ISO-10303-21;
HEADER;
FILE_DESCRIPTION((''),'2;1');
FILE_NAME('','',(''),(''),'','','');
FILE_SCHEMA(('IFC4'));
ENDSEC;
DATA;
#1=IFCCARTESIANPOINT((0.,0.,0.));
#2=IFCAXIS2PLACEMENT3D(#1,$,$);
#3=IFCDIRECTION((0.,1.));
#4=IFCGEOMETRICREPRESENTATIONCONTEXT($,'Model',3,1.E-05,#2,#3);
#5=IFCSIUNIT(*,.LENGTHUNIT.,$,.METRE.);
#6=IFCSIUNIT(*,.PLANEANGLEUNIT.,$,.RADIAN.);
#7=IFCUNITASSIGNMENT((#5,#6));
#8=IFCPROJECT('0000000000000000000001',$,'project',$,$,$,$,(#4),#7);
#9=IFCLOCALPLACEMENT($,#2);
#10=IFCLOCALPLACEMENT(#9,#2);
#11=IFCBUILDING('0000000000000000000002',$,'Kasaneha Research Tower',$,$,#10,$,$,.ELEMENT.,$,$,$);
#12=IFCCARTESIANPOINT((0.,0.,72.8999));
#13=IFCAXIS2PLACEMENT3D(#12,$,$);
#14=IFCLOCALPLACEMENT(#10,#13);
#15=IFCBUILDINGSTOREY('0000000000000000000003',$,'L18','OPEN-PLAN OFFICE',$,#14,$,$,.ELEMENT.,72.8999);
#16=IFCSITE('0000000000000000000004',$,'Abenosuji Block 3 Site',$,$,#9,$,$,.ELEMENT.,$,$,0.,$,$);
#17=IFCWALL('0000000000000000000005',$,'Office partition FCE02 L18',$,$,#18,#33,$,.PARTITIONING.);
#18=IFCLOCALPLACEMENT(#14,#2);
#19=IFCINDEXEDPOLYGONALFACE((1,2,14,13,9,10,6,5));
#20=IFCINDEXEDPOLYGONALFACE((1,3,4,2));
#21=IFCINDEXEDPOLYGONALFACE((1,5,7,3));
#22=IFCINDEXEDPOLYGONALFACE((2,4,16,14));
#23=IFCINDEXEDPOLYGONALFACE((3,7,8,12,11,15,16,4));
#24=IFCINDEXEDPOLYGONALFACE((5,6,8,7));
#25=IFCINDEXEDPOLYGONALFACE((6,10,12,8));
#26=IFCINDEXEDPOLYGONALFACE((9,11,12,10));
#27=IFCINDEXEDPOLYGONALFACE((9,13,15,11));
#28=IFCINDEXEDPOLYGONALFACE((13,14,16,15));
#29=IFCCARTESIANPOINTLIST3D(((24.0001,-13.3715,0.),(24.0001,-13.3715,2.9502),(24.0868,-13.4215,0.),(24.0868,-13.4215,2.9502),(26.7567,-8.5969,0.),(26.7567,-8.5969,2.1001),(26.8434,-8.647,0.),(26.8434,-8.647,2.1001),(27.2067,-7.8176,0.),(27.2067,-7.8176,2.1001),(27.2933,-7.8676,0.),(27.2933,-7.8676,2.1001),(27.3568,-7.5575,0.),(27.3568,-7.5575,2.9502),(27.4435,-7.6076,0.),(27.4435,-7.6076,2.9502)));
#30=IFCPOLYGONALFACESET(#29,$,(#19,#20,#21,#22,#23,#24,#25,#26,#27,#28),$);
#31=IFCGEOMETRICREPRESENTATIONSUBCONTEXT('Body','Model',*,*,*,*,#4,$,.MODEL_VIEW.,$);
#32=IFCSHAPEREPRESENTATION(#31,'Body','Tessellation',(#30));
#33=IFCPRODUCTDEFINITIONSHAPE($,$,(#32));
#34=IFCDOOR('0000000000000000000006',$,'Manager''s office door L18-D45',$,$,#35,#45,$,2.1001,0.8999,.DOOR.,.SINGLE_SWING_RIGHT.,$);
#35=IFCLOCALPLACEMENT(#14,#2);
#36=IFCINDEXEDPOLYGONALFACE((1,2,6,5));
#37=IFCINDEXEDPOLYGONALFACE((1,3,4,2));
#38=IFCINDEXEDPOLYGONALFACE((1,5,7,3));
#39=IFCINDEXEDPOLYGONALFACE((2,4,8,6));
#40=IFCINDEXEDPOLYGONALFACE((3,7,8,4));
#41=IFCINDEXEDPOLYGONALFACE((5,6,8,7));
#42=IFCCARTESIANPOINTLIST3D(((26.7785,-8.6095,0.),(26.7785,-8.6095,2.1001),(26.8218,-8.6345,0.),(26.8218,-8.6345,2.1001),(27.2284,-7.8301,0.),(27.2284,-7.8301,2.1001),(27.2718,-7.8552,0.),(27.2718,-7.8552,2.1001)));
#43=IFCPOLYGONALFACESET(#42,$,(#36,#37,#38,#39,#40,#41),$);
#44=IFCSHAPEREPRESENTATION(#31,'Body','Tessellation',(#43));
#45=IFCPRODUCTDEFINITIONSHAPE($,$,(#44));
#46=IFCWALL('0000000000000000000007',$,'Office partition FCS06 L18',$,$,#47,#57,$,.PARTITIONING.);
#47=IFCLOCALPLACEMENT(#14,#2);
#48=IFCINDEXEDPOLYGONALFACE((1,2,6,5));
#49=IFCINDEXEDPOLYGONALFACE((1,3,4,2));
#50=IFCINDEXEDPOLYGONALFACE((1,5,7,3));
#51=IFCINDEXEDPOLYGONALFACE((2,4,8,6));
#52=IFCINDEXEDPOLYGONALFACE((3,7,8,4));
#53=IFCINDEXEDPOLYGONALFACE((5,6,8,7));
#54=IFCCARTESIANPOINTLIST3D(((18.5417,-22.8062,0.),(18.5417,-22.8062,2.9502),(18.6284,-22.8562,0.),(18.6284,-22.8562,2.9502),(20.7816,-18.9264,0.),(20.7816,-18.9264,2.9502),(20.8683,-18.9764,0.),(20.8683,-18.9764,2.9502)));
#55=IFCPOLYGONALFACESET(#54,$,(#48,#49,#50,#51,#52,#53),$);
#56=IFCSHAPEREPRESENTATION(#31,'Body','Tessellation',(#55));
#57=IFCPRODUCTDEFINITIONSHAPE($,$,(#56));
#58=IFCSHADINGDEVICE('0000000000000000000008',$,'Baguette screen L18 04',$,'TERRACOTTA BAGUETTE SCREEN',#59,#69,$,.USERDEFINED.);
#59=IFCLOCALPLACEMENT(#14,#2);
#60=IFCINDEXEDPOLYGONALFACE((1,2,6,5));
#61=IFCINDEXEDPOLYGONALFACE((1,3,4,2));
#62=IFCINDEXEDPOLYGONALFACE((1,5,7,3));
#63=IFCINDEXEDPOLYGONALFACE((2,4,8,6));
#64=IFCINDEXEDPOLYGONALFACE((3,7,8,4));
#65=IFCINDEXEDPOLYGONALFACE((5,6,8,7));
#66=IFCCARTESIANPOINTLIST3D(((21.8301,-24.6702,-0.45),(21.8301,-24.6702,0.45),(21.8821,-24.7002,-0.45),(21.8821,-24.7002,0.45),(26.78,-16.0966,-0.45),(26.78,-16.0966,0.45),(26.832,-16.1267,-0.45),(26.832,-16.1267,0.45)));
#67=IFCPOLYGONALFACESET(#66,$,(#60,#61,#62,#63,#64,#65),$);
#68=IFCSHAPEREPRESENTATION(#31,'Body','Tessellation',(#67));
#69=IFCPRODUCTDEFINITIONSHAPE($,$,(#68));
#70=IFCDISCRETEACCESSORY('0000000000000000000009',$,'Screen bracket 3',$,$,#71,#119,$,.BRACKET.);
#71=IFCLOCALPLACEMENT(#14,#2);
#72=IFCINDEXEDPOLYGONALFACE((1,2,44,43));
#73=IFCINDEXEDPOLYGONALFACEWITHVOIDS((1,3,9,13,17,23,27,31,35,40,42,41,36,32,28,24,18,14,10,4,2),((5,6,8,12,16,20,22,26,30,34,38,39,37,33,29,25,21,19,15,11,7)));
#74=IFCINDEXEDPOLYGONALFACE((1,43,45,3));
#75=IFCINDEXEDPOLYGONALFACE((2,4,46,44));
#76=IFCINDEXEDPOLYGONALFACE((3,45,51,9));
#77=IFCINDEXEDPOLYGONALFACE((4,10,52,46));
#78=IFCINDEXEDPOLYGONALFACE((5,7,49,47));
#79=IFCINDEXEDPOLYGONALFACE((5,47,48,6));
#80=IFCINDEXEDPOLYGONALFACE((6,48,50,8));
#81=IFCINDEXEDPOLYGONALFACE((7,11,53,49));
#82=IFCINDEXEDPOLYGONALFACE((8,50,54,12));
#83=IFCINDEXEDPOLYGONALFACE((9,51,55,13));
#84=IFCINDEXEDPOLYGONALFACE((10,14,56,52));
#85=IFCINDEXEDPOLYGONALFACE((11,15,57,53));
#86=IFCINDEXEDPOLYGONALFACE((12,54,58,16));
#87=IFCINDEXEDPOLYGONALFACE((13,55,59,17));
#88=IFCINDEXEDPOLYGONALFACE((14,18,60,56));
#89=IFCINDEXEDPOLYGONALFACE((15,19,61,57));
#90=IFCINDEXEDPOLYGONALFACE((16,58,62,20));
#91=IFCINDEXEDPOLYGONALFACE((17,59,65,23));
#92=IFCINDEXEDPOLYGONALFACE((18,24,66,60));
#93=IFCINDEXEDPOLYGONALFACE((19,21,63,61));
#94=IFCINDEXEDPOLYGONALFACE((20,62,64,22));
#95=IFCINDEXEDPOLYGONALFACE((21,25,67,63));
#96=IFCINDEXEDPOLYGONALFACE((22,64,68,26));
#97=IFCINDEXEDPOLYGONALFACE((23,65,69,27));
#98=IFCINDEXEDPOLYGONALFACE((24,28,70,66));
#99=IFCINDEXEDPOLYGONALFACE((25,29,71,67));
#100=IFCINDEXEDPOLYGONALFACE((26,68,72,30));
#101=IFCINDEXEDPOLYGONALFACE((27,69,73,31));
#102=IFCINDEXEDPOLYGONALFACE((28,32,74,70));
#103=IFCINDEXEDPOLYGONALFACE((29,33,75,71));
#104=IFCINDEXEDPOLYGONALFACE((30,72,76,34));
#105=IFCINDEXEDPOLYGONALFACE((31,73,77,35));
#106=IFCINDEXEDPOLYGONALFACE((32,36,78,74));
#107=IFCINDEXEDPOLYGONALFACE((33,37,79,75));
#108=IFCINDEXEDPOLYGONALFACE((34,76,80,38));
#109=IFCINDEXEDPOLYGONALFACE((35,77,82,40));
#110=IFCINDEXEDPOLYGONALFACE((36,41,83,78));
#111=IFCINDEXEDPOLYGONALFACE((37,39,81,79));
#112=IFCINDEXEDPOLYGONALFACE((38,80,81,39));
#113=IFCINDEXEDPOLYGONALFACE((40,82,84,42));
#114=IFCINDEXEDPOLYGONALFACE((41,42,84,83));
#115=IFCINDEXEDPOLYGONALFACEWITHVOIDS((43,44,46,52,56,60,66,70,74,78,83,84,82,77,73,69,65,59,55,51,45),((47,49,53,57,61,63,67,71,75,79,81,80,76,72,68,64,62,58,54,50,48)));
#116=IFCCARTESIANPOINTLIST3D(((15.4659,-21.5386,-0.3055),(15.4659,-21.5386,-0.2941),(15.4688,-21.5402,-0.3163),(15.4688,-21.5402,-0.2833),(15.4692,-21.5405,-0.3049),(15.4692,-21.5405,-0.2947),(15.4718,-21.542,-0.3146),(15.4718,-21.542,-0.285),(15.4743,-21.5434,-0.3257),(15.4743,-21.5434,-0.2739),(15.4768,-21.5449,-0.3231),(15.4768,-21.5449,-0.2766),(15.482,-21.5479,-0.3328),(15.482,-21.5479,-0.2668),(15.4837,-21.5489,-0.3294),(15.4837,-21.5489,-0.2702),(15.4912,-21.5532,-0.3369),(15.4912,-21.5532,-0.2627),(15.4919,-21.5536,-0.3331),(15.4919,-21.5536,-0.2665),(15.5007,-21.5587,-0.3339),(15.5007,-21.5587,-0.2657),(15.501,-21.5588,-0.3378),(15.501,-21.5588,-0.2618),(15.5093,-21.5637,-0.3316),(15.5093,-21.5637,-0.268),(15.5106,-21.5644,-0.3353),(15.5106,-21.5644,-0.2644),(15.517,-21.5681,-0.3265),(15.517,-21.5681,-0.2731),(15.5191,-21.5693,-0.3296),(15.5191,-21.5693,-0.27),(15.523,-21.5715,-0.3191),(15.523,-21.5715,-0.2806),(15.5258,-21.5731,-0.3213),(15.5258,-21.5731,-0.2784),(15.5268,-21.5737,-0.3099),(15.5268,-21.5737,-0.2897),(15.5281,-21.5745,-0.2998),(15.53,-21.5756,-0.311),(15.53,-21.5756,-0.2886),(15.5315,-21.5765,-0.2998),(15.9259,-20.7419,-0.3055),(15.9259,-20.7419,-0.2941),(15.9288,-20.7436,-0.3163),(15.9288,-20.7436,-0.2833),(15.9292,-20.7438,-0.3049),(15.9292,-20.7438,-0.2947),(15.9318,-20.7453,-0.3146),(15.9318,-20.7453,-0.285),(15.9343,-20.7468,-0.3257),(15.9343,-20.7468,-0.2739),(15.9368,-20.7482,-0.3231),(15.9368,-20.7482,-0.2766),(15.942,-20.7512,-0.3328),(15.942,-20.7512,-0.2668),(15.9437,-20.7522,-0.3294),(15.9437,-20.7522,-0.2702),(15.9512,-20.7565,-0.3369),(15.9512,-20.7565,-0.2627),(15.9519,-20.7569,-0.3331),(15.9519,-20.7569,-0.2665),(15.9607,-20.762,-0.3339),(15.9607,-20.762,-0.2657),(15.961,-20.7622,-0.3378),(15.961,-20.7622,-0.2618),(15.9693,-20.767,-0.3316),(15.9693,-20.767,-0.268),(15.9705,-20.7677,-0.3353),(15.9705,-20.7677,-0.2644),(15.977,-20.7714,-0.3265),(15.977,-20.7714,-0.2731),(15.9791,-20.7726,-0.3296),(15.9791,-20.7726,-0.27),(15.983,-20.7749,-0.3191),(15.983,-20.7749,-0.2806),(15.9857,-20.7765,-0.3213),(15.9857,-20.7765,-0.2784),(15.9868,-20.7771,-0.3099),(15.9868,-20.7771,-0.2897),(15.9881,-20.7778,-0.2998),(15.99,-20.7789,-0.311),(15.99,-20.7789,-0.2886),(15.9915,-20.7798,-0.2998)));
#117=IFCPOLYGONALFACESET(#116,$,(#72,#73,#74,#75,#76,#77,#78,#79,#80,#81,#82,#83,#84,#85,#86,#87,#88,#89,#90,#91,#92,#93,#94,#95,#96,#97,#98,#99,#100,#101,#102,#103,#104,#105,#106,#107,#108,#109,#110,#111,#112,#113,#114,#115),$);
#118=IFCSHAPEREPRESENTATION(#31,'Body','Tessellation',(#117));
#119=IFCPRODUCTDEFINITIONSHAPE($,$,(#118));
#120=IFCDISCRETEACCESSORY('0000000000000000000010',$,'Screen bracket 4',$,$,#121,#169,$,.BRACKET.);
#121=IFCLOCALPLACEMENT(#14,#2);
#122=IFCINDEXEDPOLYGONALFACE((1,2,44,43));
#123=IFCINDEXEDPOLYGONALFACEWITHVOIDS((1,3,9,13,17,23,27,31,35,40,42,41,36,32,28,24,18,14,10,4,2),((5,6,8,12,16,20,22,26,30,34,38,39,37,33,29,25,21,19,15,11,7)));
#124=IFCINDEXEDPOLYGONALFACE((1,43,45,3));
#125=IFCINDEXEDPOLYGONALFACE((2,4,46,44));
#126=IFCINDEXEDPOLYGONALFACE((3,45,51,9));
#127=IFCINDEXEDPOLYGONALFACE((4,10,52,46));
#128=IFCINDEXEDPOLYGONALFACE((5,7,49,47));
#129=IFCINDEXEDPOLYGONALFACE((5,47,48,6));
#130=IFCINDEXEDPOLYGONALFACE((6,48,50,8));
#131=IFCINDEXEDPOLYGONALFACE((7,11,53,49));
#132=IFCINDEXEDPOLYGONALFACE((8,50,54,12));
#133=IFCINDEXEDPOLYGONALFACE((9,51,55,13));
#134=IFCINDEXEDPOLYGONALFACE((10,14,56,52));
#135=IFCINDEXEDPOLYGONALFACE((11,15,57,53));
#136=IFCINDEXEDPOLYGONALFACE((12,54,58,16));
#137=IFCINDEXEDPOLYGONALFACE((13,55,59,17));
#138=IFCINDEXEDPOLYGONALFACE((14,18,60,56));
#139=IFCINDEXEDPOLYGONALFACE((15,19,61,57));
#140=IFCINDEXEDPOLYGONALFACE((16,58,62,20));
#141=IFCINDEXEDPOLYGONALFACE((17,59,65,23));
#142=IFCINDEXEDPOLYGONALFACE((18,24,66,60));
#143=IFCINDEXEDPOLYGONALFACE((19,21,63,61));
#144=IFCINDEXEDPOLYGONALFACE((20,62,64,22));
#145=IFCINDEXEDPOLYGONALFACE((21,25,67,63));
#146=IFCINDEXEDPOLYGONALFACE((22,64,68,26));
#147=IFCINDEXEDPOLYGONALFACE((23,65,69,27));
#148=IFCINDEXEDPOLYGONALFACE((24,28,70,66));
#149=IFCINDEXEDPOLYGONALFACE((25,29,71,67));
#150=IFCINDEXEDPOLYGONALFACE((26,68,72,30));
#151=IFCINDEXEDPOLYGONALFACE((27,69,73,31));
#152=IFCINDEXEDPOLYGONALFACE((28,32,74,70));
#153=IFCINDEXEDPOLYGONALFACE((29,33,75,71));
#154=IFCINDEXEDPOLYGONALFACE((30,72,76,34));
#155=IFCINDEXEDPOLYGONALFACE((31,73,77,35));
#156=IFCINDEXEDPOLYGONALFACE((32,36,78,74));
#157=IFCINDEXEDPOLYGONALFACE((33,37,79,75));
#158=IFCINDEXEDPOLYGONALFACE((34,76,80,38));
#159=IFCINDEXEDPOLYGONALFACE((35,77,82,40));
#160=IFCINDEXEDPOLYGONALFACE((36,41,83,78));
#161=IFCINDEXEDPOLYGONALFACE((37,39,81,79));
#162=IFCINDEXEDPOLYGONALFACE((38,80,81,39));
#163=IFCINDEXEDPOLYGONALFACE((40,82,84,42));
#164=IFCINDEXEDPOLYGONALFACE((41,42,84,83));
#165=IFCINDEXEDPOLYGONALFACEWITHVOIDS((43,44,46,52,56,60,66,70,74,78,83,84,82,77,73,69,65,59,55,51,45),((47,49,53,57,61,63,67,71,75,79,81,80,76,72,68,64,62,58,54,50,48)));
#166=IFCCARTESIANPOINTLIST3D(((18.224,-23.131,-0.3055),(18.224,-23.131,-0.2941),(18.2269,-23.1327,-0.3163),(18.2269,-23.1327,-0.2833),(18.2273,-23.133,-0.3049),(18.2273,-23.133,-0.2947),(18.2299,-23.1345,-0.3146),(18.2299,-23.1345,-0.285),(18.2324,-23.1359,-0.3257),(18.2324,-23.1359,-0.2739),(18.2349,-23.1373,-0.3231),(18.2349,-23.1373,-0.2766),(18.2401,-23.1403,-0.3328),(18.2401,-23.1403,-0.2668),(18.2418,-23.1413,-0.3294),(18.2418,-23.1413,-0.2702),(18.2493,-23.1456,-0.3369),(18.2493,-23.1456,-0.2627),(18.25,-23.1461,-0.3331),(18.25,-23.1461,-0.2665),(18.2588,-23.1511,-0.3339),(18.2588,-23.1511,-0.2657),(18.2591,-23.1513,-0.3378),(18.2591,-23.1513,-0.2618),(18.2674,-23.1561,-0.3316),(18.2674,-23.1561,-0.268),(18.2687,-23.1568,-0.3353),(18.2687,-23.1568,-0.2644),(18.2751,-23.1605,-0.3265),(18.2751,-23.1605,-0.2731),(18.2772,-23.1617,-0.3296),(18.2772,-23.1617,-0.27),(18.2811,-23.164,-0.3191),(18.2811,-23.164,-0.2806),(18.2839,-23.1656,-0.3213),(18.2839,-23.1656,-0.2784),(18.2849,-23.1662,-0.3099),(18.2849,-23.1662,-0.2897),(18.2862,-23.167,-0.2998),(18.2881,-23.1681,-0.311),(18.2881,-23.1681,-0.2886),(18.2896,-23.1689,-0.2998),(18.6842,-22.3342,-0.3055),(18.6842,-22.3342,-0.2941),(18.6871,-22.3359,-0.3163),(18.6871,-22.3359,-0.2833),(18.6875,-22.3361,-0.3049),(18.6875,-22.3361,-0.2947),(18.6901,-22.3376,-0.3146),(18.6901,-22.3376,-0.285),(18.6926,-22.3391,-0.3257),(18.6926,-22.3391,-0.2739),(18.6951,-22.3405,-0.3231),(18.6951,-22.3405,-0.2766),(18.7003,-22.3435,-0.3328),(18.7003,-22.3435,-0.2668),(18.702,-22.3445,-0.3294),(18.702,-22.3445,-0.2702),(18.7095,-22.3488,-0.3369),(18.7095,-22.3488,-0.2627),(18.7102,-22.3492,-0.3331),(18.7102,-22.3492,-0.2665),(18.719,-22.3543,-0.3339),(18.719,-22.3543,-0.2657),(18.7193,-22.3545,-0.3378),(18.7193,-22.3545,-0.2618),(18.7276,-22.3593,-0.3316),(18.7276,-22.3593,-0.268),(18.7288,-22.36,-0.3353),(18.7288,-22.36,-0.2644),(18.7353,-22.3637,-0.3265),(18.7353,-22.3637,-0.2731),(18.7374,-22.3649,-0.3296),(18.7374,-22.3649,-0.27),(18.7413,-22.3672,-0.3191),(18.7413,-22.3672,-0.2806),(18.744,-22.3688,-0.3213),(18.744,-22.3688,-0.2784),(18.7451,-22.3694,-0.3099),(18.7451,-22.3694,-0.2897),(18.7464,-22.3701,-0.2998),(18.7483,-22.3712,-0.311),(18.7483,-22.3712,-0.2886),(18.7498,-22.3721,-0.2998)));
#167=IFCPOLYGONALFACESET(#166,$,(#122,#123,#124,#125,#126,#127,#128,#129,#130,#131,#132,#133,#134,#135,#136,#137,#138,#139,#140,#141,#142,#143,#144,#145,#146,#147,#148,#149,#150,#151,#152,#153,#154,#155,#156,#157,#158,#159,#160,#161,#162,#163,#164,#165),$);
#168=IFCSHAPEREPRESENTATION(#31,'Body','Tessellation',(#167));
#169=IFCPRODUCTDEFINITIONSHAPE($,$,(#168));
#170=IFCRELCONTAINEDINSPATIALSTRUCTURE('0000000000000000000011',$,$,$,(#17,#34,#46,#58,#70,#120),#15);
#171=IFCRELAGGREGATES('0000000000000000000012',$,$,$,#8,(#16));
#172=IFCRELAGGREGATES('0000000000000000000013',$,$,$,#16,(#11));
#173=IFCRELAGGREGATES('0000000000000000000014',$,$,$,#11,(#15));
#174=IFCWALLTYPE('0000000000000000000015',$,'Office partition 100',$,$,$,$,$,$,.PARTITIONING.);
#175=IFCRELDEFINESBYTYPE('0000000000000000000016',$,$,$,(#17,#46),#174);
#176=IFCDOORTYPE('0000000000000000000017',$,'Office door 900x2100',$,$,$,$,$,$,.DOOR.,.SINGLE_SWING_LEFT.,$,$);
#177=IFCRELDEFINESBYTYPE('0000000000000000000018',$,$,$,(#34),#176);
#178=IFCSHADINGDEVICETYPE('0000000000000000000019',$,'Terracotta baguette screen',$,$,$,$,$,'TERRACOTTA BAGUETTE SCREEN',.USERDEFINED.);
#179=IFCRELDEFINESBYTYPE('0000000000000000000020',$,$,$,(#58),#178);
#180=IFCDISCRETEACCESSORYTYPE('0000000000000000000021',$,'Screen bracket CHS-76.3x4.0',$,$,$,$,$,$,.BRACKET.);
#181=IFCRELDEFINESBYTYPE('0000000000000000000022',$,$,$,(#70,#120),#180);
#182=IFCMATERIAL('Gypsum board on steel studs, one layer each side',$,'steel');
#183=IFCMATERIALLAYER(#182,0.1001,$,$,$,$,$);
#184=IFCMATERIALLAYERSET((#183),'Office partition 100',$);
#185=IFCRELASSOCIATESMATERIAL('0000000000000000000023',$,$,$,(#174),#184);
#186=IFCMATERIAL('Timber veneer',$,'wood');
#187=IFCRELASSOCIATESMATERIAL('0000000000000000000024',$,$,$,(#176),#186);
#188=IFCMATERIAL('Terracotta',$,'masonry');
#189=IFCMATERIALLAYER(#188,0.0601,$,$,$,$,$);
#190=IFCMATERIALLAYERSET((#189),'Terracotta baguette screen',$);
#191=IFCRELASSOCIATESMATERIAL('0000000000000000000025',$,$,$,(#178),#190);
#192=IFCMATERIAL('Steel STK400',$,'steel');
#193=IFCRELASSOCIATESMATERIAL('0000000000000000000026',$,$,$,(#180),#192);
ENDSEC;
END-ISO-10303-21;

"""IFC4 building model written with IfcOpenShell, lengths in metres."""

from ifc_helpers import new_model, si_unit, direction, frame, frame_2d, origin, origin_2d, place, context, subcontext, project, spatial, rectangle, hollow_circle, extrude, material, layer, layer_set, material_profile, profile_set, type_object, element, fill, save


model = new_model("IFC4")

# Units and contexts
model_context = context("Model", 3, precision=1e-05, world=origin(), true_north=direction((0.0, 1.0)))
body_context = subcontext(model_context, "Body", "Model", "MODEL_VIEW")
ifc_project = project(units=[si_unit("LENGTHUNIT", "METRE"), si_unit("PLANEANGLEUNIT", "RADIAN")], contexts=[model_context])

# Site, building, storey
site_placement = place(None, origin())
site = spatial("IfcSite", under=ifc_project, at=site_placement, Name="Abenosuji Block 3 Site", CompositionType="ELEMENT", RefElevation=0.0)
building_placement = place(site_placement, origin())
building = spatial("IfcBuilding", under=site, at=building_placement, Name="Kasaneha Research Tower", CompositionType="ELEMENT")
storey_placement = place(building_placement, frame((0.0, 0.0, 72.8999)))
storey = spatial("IfcBuildingStorey", under=building, at=storey_placement, Name="L18", Description="OPEN-PLAN OFFICE", CompositionType="ELEMENT", Elevation=72.8999)

# Wall, opening, door
ifc_material_1 = material(Name="Gypsum board on steel studs, one layer each side", Category="steel")
ifc_layer_1 = layer(ifc_material_1, 0.1001)
ifc_layer_set_1 = layer_set([ifc_layer_1], Name="Office partition 100")
wall_type = type_object("IfcWallType", Name="Office partition 100", PredefinedType="PARTITIONING", material=ifc_layer_set_1)
wall_1_placement = place(storey_placement, frame((24.0435, -13.3965, 0.0), z_axis=(0.0, 0.0, 1.0), x_axis=(0.499999, 0.866026, 0.0)))
wall_1 = element("IfcWall", 1, at=wall_1_placement, inside=storey, type_object=wall_type, Name="Office partition FCE02 L18", PredefinedType="PARTITIONING", context=body_context, shape_type="SweptSolid", body=[
    extrude(rectangle(XDim=6.7134, YDim=0.1001, at=frame_2d((3.3567, 0.0))), origin(), (0.0, 0.0, 1.0), 2.9502),
])
opening_placement = place(wall_1_placement, frame((5.5132, 0.0, 0.0)))
opening = element("IfcOpeningElement", 2, at=opening_placement, cuts=wall_1, PredefinedType="OPENING", context=body_context, shape_type="SweptSolid", body=[
    extrude(rectangle(XDim=0.8999, YDim=2.1001, at=frame_2d((0.45, 1.05))), frame((0.0, 0.0601, 0.0), z_axis=(0.0, -1.0, 0.0), x_axis=(1.0, 0.0, 0.0)), (0.0, 0.0, 1.0), 0.1201),
])
ifc_material_2 = material(Name="Timber veneer", Category="wood")
door_type = type_object("IfcDoorType", Name="Office door 900x2100", OperationType="SINGLE_SWING_LEFT", PredefinedType="DOOR", material=ifc_material_2)
door_placement = place(opening_placement, origin())
door = element("IfcDoor", 3, at=door_placement, inside=storey, type_object=door_type, Name="Manager's office door L18-D45", OperationType="SINGLE_SWING_RIGHT", OverallHeight=2.1001, OverallWidth=0.8999, PredefinedType="DOOR", context=body_context, shape_type="SweptSolid", body=[
    extrude(rectangle(XDim=0.8999, YDim=2.1001, at=frame_2d((0.45, 1.05))), frame((0.0, 0.0249, 0.0), z_axis=(0.0, -1.0, 0.0), x_axis=(1.0, 0.0, 0.0)), (0.0, 0.0, 1.0), 0.05),
])
fill(opening, door)

# Wall
wall_2_placement = place(storey_placement, frame((20.825, -18.9514, 0.0), z_axis=(0.0, 0.0, 1.0), x_axis=(-0.49999, -0.866031, 0.0)))
element("IfcWall", 4, at=wall_2_placement, inside=storey, type_object=wall_type, Name="Office partition FCS06 L18", PredefinedType="PARTITIONING", context=body_context, shape_type="SweptSolid", body=[
    extrude(rectangle(XDim=4.48, YDim=0.1001, at=frame_2d((2.24, 0.0))), origin(), (0.0, 0.0, 1.0), 2.9502),
])

# Shading device
ifc_material_3 = material(Name="Terracotta", Category="masonry")
ifc_layer_2 = layer(ifc_material_3, 0.0601)
ifc_layer_set_2 = layer_set([ifc_layer_2], Name="Terracotta baguette screen")
shading_device_type = type_object("IfcShadingDeviceType", Name="Terracotta baguette screen", ElementType="TERRACOTTA BAGUETTE SCREEN", PredefinedType="USERDEFINED", material=ifc_layer_set_2)
shading_device_placement = place(storey_placement, frame((24.3311, -20.3984, -0.45), z_axis=(0.0, 0.0, 1.0), x_axis=(0.5, 0.866025, 0.0)))
element("IfcShadingDevice", 5, at=shading_device_placement, inside=storey, type_object=shading_device_type, Name="Baguette screen L18 04", ObjectType="TERRACOTTA BAGUETTE SCREEN", PredefinedType="USERDEFINED", context=body_context, shape_type="SweptSolid", body=[
    extrude(rectangle(XDim=9.8999, YDim=0.0601, at=origin_2d()), origin(), (0.0, 0.0, 1.0), 0.8999),
])

# Discrete accessories
ifc_material_4 = material(Name="Steel STK400", Category="steel")
ifc_material_profile_1 = material_profile(ifc_material_4, hollow_circle(Radius=0.0381, WallThickness=0.0039, at=origin_2d()), Name="CHS-76.3x4.0")
ifc_profile_set_1 = profile_set([ifc_material_profile_1], Name="Steel STK400")
discrete_accessory_type = type_object("IfcDiscreteAccessoryType", Name="Screen bracket CHS-76.3x4.0", PredefinedType="BRACKET", material=ifc_profile_set_1)
discrete_accessory_1_placement = place(storey_placement, frame((15.9585, -20.7607, -0.2998), z_axis=(-0.500021, -0.866013, 0.0), x_axis=(0.866013, -0.500021, 0.0)))
element("IfcDiscreteAccessory", 6, at=discrete_accessory_1_placement, inside=storey, type_object=discrete_accessory_type, Name="Screen bracket 3", PredefinedType="BRACKET", context=body_context, shape_type="SweptSolid", body=[
    extrude(hollow_circle(Radius=0.0381, WallThickness=0.0039, at=origin_2d()), origin(), (0.0, 0.0, 1.0), 0.9199),
])
discrete_accessory_2_placement = place(storey_placement, frame((18.7168, -22.353, -0.2998), z_axis=(-0.500105, -0.865965, 0.0), x_axis=(0.865965, -0.500105, 0.0)))
element("IfcDiscreteAccessory", 7, at=discrete_accessory_2_placement, inside=storey, type_object=discrete_accessory_type, Name="Screen bracket 4", PredefinedType="BRACKET", context=body_context, shape_type="SweptSolid", body=[
    extrude(hollow_circle(Radius=0.0381, WallThickness=0.0039, at=origin_2d()), origin(), (0.0, 0.0, 1.0), 0.9202),
])

save(model, "model.ifc")
